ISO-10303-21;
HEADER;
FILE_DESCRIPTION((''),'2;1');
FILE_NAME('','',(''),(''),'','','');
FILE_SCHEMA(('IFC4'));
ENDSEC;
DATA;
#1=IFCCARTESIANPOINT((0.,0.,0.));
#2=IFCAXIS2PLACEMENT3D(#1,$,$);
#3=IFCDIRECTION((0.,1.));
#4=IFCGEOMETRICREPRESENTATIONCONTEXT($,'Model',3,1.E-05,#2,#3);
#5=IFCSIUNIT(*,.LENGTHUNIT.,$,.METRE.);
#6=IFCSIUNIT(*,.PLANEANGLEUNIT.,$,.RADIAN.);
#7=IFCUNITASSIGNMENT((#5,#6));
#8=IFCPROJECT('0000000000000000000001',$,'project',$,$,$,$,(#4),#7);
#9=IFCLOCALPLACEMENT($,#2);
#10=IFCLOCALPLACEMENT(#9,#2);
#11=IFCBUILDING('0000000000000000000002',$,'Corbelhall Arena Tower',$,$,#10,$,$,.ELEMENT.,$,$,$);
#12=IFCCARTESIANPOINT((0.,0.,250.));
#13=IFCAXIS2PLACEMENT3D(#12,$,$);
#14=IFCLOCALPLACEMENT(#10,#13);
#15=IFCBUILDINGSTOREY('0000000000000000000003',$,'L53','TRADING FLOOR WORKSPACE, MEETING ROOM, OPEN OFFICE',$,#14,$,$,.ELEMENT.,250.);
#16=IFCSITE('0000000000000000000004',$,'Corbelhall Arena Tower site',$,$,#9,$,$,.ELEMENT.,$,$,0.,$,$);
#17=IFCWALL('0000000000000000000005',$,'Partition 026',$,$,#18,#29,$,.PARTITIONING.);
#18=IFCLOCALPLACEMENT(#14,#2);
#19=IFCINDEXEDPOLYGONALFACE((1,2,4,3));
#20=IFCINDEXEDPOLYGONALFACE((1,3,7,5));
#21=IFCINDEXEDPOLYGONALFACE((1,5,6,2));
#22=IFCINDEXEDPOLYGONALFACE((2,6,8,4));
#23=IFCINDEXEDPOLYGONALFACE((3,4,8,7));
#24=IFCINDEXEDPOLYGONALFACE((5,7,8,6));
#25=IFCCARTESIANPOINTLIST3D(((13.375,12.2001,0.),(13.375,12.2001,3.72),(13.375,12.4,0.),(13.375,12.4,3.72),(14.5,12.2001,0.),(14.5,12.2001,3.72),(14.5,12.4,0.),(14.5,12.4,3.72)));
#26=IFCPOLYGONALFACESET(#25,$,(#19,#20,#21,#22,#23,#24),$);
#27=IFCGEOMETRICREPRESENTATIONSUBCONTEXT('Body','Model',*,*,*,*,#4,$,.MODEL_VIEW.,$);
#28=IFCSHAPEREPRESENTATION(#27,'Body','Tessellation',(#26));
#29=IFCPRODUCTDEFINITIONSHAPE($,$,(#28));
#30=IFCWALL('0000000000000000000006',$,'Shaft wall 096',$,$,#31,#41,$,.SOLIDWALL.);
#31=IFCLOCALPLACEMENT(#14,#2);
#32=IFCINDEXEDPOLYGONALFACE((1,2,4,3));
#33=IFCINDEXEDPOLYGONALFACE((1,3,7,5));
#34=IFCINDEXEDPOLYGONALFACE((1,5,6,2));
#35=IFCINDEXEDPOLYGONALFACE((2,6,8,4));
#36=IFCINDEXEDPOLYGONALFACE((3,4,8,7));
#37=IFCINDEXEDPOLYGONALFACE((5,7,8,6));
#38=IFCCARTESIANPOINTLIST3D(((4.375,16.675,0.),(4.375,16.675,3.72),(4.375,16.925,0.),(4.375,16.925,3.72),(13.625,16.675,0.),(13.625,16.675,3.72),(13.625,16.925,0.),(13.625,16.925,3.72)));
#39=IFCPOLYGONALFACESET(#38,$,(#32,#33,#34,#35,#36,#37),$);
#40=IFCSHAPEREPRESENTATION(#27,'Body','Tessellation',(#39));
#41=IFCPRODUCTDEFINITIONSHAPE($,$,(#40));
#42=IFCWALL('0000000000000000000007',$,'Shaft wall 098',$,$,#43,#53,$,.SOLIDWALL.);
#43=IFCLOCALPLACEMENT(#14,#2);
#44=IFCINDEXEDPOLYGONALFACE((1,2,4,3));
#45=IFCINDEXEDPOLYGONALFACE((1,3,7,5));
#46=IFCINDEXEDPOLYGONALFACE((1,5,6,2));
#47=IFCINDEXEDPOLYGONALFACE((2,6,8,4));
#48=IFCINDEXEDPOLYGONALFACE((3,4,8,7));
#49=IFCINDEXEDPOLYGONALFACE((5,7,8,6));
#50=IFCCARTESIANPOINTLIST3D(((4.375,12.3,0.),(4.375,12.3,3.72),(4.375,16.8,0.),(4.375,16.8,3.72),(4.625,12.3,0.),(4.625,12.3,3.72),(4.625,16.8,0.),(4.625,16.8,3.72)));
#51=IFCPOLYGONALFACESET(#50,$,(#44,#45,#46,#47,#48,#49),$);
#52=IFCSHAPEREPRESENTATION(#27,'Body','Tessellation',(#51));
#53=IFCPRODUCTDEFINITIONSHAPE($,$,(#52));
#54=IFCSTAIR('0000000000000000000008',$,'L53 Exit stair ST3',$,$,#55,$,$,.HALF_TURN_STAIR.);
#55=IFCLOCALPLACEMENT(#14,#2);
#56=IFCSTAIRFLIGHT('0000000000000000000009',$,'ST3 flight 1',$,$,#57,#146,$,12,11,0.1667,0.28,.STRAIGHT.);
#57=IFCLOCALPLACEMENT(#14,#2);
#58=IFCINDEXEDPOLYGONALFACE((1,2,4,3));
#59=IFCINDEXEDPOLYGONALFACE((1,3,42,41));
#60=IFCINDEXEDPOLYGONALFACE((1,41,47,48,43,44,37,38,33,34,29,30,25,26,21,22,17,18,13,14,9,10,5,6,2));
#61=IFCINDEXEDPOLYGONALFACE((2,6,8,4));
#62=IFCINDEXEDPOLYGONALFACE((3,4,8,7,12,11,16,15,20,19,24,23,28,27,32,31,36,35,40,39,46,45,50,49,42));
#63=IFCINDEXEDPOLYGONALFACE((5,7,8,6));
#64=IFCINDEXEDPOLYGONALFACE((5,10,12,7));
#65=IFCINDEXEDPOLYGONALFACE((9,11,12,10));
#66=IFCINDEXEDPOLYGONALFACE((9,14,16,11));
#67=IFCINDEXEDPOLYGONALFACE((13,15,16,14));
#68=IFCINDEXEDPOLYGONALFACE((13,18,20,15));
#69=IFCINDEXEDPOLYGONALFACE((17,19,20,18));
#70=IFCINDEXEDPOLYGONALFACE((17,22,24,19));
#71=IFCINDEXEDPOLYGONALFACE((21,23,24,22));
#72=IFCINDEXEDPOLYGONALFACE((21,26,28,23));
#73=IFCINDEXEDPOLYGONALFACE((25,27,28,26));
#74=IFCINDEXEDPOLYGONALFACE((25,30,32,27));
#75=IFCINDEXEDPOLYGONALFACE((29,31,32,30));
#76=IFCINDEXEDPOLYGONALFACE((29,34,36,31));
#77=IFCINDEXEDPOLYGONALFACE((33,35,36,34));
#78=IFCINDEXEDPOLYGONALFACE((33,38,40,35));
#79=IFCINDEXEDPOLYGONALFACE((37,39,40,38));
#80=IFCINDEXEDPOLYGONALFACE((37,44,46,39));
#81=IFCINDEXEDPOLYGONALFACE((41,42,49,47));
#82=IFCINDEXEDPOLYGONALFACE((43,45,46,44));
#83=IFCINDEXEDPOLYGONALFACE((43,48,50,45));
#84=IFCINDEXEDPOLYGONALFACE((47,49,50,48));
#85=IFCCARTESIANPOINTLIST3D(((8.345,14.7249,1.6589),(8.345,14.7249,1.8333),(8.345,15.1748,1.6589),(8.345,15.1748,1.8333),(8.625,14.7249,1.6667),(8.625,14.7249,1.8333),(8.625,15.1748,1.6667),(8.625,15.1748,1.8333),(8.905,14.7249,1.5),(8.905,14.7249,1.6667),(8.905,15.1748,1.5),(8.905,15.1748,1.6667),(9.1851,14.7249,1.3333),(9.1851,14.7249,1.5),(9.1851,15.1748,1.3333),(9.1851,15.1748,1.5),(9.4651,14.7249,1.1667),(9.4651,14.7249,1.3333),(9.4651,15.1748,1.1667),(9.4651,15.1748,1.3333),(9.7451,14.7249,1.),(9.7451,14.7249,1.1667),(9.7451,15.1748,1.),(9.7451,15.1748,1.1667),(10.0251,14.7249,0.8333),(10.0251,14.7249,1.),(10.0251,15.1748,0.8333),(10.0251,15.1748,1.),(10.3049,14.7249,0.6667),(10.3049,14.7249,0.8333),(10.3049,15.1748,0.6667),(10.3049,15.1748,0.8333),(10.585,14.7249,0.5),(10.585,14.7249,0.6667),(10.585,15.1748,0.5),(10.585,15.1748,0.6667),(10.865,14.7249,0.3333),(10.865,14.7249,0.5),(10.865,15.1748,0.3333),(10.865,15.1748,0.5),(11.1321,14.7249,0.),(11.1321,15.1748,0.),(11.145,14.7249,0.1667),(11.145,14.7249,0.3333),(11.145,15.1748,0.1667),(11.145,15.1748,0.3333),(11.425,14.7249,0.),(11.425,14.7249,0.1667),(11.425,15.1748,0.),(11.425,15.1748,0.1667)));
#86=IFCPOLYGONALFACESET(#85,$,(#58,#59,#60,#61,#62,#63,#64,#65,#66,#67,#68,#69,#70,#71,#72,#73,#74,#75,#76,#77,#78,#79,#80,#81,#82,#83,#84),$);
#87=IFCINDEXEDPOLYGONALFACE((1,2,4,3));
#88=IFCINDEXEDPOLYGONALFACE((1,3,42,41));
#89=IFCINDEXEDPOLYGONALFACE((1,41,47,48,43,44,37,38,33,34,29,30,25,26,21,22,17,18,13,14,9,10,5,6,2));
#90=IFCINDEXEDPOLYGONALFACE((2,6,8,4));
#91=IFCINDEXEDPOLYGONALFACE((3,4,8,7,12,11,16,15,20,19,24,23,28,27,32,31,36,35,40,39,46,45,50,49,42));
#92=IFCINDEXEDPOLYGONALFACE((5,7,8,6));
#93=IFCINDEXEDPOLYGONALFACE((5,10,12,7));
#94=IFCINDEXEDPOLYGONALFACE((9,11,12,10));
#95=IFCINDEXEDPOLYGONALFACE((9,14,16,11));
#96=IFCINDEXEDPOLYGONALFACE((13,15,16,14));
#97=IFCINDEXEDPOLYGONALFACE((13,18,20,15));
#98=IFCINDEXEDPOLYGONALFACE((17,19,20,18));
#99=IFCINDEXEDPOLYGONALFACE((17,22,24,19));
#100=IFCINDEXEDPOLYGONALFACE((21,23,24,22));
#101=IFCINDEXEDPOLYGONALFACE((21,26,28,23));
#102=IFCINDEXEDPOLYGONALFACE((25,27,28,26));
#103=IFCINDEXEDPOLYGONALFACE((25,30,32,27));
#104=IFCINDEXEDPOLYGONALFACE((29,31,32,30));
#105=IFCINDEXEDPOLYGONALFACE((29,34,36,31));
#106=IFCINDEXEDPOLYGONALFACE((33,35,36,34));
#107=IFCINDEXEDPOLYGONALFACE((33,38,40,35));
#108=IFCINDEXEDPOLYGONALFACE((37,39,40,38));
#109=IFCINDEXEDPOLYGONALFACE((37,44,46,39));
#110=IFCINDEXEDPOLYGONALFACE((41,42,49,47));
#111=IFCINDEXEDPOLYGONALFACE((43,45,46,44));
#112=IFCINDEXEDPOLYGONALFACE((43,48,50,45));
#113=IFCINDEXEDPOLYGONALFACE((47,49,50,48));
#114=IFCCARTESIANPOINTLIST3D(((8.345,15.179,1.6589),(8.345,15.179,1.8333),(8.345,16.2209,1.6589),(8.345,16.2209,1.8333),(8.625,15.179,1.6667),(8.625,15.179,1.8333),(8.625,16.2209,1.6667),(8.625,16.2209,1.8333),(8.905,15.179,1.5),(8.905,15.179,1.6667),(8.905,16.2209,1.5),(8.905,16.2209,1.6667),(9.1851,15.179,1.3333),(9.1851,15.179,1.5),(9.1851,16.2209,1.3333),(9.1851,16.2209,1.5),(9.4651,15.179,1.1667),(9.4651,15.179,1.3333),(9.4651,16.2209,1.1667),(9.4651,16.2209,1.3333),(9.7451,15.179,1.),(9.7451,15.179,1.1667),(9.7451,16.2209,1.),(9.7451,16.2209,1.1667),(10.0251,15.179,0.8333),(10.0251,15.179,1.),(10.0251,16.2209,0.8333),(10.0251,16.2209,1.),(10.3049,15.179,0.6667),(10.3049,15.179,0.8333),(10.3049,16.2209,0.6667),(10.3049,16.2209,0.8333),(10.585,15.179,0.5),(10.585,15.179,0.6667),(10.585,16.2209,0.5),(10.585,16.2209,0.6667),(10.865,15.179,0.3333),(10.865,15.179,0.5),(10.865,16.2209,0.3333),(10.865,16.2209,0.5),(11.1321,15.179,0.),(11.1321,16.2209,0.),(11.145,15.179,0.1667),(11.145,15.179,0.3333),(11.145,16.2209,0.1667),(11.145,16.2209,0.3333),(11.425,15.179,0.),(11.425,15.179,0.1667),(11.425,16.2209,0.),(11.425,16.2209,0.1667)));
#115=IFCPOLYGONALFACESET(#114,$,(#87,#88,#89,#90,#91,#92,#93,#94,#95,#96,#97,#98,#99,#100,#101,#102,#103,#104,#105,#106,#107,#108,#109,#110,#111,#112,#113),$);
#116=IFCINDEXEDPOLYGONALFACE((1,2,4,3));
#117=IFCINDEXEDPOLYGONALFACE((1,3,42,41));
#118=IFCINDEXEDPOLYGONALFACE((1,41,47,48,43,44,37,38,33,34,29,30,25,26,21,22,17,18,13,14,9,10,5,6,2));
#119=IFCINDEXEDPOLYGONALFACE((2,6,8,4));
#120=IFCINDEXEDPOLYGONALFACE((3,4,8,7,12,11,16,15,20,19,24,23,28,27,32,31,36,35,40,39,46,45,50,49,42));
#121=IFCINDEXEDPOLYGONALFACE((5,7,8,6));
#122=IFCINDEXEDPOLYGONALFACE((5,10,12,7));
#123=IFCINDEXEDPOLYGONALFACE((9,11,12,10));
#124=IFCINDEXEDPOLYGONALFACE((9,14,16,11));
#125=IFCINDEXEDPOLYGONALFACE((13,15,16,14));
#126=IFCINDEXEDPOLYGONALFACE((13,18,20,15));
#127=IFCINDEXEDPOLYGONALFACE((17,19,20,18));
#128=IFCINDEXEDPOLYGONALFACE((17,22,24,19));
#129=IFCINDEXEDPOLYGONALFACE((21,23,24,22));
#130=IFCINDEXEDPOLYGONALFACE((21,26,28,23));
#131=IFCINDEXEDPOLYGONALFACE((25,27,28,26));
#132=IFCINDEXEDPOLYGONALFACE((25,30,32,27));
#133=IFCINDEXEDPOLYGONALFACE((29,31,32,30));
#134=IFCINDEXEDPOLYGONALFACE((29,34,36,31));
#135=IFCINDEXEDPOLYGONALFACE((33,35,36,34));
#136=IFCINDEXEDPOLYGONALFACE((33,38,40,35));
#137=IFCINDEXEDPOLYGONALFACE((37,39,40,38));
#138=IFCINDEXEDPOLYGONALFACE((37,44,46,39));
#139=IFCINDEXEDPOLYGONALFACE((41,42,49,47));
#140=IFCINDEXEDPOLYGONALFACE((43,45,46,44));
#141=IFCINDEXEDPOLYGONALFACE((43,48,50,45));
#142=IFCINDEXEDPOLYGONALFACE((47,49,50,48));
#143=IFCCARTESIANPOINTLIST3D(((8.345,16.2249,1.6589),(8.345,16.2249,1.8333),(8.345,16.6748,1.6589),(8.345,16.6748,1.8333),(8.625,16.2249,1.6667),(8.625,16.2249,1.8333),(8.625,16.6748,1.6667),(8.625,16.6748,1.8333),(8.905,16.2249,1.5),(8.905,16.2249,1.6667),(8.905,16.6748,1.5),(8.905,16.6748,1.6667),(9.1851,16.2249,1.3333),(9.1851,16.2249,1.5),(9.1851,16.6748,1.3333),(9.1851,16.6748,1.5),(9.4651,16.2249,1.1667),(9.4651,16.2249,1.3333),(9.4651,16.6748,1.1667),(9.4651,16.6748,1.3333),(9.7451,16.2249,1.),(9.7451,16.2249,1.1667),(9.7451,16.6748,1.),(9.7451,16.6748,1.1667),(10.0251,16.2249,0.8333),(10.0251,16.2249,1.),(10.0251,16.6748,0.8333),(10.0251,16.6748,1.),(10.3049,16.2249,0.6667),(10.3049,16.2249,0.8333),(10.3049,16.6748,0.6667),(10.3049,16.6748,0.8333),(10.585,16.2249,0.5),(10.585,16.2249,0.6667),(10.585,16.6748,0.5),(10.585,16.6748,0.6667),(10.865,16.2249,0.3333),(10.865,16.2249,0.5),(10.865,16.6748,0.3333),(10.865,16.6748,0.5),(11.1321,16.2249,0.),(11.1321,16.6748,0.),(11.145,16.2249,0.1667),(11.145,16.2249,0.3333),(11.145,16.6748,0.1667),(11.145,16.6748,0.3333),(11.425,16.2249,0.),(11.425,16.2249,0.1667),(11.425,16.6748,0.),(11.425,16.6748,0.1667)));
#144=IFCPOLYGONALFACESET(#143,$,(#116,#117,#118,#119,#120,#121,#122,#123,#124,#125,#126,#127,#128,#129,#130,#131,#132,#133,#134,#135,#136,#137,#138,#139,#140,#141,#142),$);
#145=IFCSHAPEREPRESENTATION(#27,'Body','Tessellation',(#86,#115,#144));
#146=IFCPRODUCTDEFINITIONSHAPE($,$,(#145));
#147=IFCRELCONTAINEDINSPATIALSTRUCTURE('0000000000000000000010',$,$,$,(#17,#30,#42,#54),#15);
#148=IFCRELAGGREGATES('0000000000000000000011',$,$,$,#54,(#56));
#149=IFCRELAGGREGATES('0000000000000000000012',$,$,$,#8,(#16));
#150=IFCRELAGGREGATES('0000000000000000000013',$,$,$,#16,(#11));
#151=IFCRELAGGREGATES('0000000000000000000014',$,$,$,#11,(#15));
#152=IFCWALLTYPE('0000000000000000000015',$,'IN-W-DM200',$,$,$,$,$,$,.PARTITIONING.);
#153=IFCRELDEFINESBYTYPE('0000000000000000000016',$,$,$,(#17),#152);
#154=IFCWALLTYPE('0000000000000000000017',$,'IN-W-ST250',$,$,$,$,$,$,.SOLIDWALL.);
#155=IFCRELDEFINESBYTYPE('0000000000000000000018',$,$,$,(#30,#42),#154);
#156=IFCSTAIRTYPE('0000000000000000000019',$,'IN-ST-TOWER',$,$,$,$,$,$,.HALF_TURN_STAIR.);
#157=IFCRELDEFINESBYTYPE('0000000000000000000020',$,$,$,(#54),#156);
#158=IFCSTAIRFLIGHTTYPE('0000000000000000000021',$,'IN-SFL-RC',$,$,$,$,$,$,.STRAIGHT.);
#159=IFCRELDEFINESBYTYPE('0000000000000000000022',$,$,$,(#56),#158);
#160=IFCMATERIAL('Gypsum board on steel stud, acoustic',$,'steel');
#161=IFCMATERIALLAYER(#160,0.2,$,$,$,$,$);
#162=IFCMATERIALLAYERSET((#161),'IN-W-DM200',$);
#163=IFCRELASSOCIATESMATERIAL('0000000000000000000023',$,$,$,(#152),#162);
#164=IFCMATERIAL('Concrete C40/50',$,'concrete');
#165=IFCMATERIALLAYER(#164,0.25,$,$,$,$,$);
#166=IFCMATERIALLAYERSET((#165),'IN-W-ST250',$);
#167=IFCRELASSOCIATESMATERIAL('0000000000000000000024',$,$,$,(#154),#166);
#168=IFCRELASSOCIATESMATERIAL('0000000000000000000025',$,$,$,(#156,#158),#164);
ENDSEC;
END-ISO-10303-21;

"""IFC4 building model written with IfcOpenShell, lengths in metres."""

from ifc_helpers import new_model, si_unit, direction, frame, frame_2d, origin, place, context, subcontext, project, spatial, polyline, rectangle, outline, extrude, material, layer, layer_set, type_object, element, aggregate, save


model = new_model("IFC4")

# Units and contexts
model_context = context("Model", 3, precision=1e-05, world=origin(), true_north=direction((0.0, 1.0)))
body_context = subcontext(model_context, "Body", "Model", "MODEL_VIEW")
ifc_project = project(units=[si_unit("LENGTHUNIT", "METRE"), si_unit("PLANEANGLEUNIT", "RADIAN")], contexts=[model_context])

# Site, building, storey
site_placement = place(None, origin())
site = spatial("IfcSite", under=ifc_project, at=site_placement, Name="Corbelhall Arena Tower site", CompositionType="ELEMENT", RefElevation=0.0)
building_placement = place(site_placement, origin())
building = spatial("IfcBuilding", under=site, at=building_placement, Name="Corbelhall Arena Tower", CompositionType="ELEMENT")
storey_placement = place(building_placement, frame((0.0, 0.0, 250.0)))
storey = spatial("IfcBuildingStorey", under=building, at=storey_placement, Name="L53", Description="TRADING FLOOR WORKSPACE, MEETING ROOM, OPEN OFFICE", CompositionType="ELEMENT", Elevation=250.0)

# Walls
ifc_material_1 = material(Name="Gypsum board on steel stud, acoustic", Category="steel")
ifc_layer_1 = layer(ifc_material_1, 0.2)
ifc_layer_set_1 = layer_set([ifc_layer_1], Name="IN-W-DM200")
wall_type_1 = type_object("IfcWallType", Name="IN-W-DM200", PredefinedType="PARTITIONING", material=ifc_layer_set_1)
wall_1_placement = place(storey_placement, frame((13.375, 12.3, 0.0), z_axis=(0.0, 0.0, 1.0), x_axis=(1.0, 0.0, 0.0)))
element("IfcWall", 1, at=wall_1_placement, inside=storey, type_object=wall_type_1, Name="Partition 026", PredefinedType="PARTITIONING", context=body_context, shape_type="SweptSolid", body=[
    extrude(rectangle(XDim=1.125, YDim=0.2, at=frame_2d((0.5625, 0.0))), origin(), (0.0, 0.0, 1.0), 3.72),
])
ifc_material_2 = material(Name="Concrete C40/50", Category="concrete")
ifc_layer_2 = layer(ifc_material_2, 0.25)
ifc_layer_set_2 = layer_set([ifc_layer_2], Name="IN-W-ST250")
wall_type_2 = type_object("IfcWallType", Name="IN-W-ST250", PredefinedType="SOLIDWALL", material=ifc_layer_set_2)
wall_2_placement = place(storey_placement, frame((4.375, 16.8, 0.0), z_axis=(0.0, 0.0, 1.0), x_axis=(1.0, 0.0, 0.0)))
element("IfcWall", 2, at=wall_2_placement, inside=storey, type_object=wall_type_2, Name="Shaft wall 096", PredefinedType="SOLIDWALL", context=body_context, shape_type="SweptSolid", body=[
    extrude(rectangle(XDim=9.25, YDim=0.25, at=frame_2d((4.625, 0.0))), origin(), (0.0, 0.0, 1.0), 3.72),
])
wall_3_placement = place(storey_placement, frame((4.5, 12.3, 0.0), z_axis=(0.0, 0.0, 1.0), x_axis=(0.0, 1.0, 0.0)))
element("IfcWall", 3, at=wall_3_placement, inside=storey, type_object=wall_type_2, Name="Shaft wall 098", PredefinedType="SOLIDWALL", context=body_context, shape_type="SweptSolid", body=[
    extrude(rectangle(XDim=4.5, YDim=0.25, at=frame_2d((2.25, 0.0))), origin(), (0.0, 0.0, 1.0), 3.72),
])

# Stair, stair flight
stair_type = type_object("IfcStairType", Name="IN-ST-TOWER", PredefinedType="HALF_TURN_STAIR", material=ifc_material_2)
stair_placement = place(storey_placement, origin())
stair = element("IfcStair", 4, at=stair_placement, inside=storey, type_object=stair_type, Name="L53 Exit stair ST3", PredefinedType="HALF_TURN_STAIR")
stair_flight_type = type_object("IfcStairFlightType", Name="IN-SFL-RC", PredefinedType="STRAIGHT", material=ifc_material_2)
stair_flight_1_placement = place(storey_placement, frame((11.425, 15.7, 0.0), z_axis=(0.0, 0.0, 1.0), x_axis=(-1.0, 0.0, 0.0)))
stair_flight_1 = element("IfcStairFlight", 5, at=stair_flight_1_placement, type_object=stair_flight_type, Name="ST3 flight 1", NumberOfRisers=12, NumberOfTreads=11, PredefinedType="STRAIGHT", RiserHeight=0.1667, TreadLength=0.28, context=body_context, shape_type="SweptSolid", body=[
    extrude(outline(polyline([(0.0, 0.0), (0.0, 0.1667), (0.28, 0.1667), (0.28, 0.3333), (0.5601, 0.3333), (0.5601, 0.5), (0.8401, 0.5), (0.8401, 0.6667), (1.1201, 0.6667), (1.1201, 0.8333), (1.3999, 0.8333), (1.3999, 1.0), (1.6799, 1.0), (1.6799, 1.1667), (1.96, 1.1667), (1.96, 1.3333), (2.24, 1.3333), (2.24, 1.5), (2.52, 1.5), (2.52, 1.6667), (2.8, 1.6667), (2.8, 1.8333), (3.0801, 1.8333), (3.0801, 2.0), (3.0801, 1.6589), (0.293, 0.0), (0.0, 0.0)])), frame((0.0, 0.9751, 0.0), z_axis=(0.0, -1.0, 0.0), x_axis=(1.0, 0.0, 0.0)), (0.0, 0.0, 1.0), 0.45),
    extrude(outline(polyline([(0.0, 0.0), (0.0, 0.1667), (0.28, 0.1667), (0.28, 0.3333), (0.5601, 0.3333), (0.5601, 0.5), (0.8401, 0.5), (0.8401, 0.6667), (1.1201, 0.6667), (1.1201, 0.8333), (1.3999, 0.8333), (1.3999, 1.0), (1.6799, 1.0), (1.6799, 1.1667), (1.96, 1.1667), (1.96, 1.3333), (2.24, 1.3333), (2.24, 1.5), (2.52, 1.5), (2.52, 1.6667), (2.8, 1.6667), (2.8, 1.8333), (3.0801, 1.8333), (3.0801, 2.0), (3.0801, 1.6589), (0.293, 0.0), (0.0, 0.0)])), frame((0.0, 0.521, 0.0), z_axis=(0.0, -1.0, 0.0), x_axis=(1.0, 0.0, 0.0)), (0.0, 0.0, 1.0), 1.042),
    extrude(outline(polyline([(0.0, 0.0), (0.0, 0.1667), (0.28, 0.1667), (0.28, 0.3333), (0.5601, 0.3333), (0.5601, 0.5), (0.8401, 0.5), (0.8401, 0.6667), (1.1201, 0.6667), (1.1201, 0.8333), (1.3999, 0.8333), (1.3999, 1.0), (1.6799, 1.0), (1.6799, 1.1667), (1.96, 1.1667), (1.96, 1.3333), (2.24, 1.3333), (2.24, 1.5), (2.52, 1.5), (2.52, 1.6667), (2.8, 1.6667), (2.8, 1.8333), (3.0801, 1.8333), (3.0801, 2.0), (3.0801, 1.6589), (0.293, 0.0), (0.0, 0.0)])), frame((0.0, -0.5249, 0.0), z_axis=(0.0, -1.0, 0.0), x_axis=(1.0, 0.0, 0.0)), (0.0, 0.0, 1.0), 0.45),
])
aggregate(stair, [stair_flight_1])

save(model, "model.ifc")
